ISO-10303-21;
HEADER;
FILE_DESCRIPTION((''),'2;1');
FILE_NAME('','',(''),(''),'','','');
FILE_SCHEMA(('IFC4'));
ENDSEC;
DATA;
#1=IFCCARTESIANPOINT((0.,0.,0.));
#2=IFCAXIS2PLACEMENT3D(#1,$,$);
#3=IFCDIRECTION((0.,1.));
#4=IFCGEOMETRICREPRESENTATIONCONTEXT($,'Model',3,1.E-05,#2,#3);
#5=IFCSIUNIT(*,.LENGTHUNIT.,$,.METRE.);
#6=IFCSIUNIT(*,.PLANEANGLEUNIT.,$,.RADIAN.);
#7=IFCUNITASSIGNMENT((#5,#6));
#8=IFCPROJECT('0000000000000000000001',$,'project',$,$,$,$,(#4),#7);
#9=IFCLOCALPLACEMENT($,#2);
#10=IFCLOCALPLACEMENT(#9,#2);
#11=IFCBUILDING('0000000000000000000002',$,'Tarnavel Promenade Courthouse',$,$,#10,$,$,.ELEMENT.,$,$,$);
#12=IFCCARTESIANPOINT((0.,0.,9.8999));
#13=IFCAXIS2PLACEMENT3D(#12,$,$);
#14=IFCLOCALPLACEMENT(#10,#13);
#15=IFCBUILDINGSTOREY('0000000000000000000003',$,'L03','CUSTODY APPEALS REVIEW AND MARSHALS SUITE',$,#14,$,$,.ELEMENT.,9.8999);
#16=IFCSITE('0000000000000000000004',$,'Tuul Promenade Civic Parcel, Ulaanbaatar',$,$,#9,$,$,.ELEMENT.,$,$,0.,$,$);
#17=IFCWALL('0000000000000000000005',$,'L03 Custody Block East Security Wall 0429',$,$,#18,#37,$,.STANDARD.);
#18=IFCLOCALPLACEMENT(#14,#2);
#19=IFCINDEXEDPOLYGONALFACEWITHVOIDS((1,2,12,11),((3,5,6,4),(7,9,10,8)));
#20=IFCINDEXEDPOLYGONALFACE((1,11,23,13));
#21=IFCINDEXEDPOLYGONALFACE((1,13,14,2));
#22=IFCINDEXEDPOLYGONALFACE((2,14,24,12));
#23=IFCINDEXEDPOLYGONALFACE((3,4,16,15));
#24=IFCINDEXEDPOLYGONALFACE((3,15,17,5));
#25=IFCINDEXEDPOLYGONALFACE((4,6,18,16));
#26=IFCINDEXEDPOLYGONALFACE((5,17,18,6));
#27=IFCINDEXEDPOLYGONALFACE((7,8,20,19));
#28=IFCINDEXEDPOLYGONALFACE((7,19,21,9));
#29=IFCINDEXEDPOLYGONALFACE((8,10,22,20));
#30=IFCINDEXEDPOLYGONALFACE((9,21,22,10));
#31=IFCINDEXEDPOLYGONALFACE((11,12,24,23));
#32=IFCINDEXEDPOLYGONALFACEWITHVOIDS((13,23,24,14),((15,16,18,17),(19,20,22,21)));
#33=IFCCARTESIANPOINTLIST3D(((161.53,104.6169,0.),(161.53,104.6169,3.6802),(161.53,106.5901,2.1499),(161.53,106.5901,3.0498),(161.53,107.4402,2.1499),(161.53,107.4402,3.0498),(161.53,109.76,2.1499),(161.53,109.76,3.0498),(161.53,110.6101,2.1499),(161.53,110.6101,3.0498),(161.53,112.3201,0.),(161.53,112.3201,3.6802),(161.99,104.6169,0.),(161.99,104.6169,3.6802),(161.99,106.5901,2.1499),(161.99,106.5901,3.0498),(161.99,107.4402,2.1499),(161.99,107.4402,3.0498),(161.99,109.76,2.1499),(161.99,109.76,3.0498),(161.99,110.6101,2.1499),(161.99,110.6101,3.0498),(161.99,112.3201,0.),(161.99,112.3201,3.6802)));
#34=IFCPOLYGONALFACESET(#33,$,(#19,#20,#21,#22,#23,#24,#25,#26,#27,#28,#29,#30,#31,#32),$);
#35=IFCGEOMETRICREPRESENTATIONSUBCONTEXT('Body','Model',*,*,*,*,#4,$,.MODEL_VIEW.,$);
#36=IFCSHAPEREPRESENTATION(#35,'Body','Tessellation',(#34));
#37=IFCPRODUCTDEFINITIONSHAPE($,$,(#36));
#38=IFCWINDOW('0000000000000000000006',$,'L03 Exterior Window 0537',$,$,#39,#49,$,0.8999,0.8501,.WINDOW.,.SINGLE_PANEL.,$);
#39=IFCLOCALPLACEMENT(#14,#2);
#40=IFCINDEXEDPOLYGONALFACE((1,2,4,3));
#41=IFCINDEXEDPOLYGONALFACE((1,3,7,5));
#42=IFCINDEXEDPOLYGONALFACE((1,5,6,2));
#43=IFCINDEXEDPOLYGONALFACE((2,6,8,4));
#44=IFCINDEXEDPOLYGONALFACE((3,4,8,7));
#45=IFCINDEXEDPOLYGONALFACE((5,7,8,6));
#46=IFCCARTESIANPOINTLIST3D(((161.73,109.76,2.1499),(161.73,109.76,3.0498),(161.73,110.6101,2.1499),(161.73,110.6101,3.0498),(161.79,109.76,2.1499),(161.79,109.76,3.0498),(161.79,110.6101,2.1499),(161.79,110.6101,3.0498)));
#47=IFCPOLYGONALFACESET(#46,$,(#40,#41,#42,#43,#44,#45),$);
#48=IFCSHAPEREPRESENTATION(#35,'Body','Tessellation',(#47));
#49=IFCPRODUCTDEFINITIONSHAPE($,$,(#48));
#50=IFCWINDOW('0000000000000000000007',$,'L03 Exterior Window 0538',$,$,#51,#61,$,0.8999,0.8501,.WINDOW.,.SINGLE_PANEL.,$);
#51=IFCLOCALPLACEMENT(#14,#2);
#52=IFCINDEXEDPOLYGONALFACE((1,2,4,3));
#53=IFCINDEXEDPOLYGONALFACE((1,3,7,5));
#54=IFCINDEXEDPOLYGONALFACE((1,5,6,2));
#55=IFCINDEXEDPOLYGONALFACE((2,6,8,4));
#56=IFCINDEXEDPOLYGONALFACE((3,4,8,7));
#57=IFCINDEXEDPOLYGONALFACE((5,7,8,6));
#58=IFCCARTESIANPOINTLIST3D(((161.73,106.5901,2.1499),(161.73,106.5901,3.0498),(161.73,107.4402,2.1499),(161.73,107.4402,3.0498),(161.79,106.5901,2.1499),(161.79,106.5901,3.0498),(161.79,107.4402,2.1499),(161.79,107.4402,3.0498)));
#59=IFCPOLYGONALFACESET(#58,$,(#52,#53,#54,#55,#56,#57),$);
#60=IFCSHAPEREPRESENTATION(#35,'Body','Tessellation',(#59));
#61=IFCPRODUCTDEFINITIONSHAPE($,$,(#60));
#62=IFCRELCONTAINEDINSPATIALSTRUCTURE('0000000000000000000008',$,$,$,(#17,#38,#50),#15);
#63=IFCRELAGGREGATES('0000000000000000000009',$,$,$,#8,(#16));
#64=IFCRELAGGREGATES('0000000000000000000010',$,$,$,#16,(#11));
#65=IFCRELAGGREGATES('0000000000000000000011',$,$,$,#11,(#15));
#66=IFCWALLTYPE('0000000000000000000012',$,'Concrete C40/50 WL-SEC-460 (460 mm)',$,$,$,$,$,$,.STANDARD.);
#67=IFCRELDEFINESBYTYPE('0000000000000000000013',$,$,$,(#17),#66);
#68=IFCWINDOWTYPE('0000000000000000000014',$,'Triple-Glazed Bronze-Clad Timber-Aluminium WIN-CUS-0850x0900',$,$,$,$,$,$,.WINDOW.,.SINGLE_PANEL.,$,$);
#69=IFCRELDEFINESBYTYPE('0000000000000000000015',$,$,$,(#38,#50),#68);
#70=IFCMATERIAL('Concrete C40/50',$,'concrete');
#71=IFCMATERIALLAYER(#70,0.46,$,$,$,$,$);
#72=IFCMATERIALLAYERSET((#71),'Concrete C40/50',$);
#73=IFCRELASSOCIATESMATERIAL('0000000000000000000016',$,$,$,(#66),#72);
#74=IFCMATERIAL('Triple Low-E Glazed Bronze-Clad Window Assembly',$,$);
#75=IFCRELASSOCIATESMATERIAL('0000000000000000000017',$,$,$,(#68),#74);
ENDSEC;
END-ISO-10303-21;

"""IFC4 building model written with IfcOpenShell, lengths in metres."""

from ifc_helpers import new_model, si_unit, direction, frame, frame_2d, origin, place, context, subcontext, project, spatial, rectangle, extrude, material, layer, layer_set, type_object, element, fill, save


model = new_model("IFC4")

# Units and contexts
model_context = context("Model", 3, precision=1e-05, world=origin(), true_north=direction((0.0, 1.0)))
body_context = subcontext(model_context, "Body", "Model", "MODEL_VIEW")
ifc_project = project(units=[si_unit("LENGTHUNIT", "METRE"), si_unit("PLANEANGLEUNIT", "RADIAN")], contexts=[model_context])

# Site, building, storey
site_placement = place(None, origin())
site = spatial("IfcSite", under=ifc_project, at=site_placement, Name="Tuul Promenade Civic Parcel, Ulaanbaatar", CompositionType="ELEMENT", RefElevation=0.0)
building_placement = place(site_placement, origin())
building = spatial("IfcBuilding", under=site, at=building_placement, Name="Tarnavel Promenade Courthouse", CompositionType="ELEMENT")
storey_placement = place(building_placement, frame((0.0, 0.0, 9.8999)))
storey = spatial("IfcBuildingStorey", under=building, at=storey_placement, Name="L03", Description="CUSTODY APPEALS REVIEW AND MARSHALS SUITE", CompositionType="ELEMENT", Elevation=9.8999)

# Shared definitions
ifc_material_1 = material(Name="Concrete C40/50", Category="concrete")

# Wall, openings, windows
ifc_layer = layer(ifc_material_1, 0.46)
ifc_layer_set = layer_set([ifc_layer], Name="Concrete C40/50")
wall_type = type_object("IfcWallType", Name="Concrete C40/50 WL-SEC-460 (460 mm)", PredefinedType="STANDARD", material=ifc_layer_set)
ifc_material_2 = material(Name="Triple Low-E Glazed Bronze-Clad Window Assembly")
window_type = type_object("IfcWindowType", Name="Triple-Glazed Bronze-Clad Timber-Aluminium WIN-CUS-0850x0900", PartitioningType="SINGLE_PANEL", PredefinedType="WINDOW", material=ifc_material_2)
wall_1_placement = place(storey_placement, frame((161.76, 112.3201, 0.0), z_axis=(0.0, 0.0, 1.0), x_axis=(0.0, -1.0, 0.0)))
wall_1 = element("IfcWall", 1, at=wall_1_placement, inside=storey, type_object=wall_type, Name="L03 Custody Block East Security Wall 0429", PredefinedType="STANDARD", context=body_context, shape_type="SweptSolid", body=[
    extrude(rectangle(XDim=7.7031, YDim=0.46, at=frame_2d((3.8516, 0.0))), origin(), (0.0, 0.0, 1.0), 3.6802),
])
opening_1_placement = place(wall_1_placement, frame((1.71, 0.0, 2.1499)))
opening_1 = element("IfcOpeningElement", 2, at=opening_1_placement, cuts=wall_1, PredefinedType="OPENING", context=body_context, shape_type="SweptSolid", body=[
    extrude(rectangle(XDim=0.8501, YDim=0.8999, at=frame_2d((0.425, 0.45))), frame((0.0, 0.24, 0.0), z_axis=(0.0, -1.0, 0.0), x_axis=(1.0, 0.0, 0.0)), (0.0, 0.0, 1.0), 0.48),
])
opening_2_placement = place(wall_1_placement, frame((4.8799, 0.0, 2.1499)))
opening_2 = element("IfcOpeningElement", 3, at=opening_2_placement, cuts=wall_1, PredefinedType="OPENING", context=body_context, shape_type="SweptSolid", body=[
    extrude(rectangle(XDim=0.8501, YDim=0.8999, at=frame_2d((0.425, 0.45))), frame((0.0, 0.24, 0.0), z_axis=(0.0, -1.0, 0.0), x_axis=(1.0, 0.0, 0.0)), (0.0, 0.0, 1.0), 0.48),
])
window_1_placement = place(opening_1_placement, origin())
window_1 = element("IfcWindow", 4, at=window_1_placement, inside=storey, type_object=window_type, Name="L03 Exterior Window 0537", OverallHeight=0.8999, OverallWidth=0.8501, PartitioningType="SINGLE_PANEL", PredefinedType="WINDOW", context=body_context, shape_type="SweptSolid", body=[
    extrude(rectangle(XDim=0.8501, YDim=0.8999, at=frame_2d((0.425, 0.45))), frame((0.0, 0.03, 0.0), z_axis=(0.0, -1.0, 0.0), x_axis=(1.0, 0.0, 0.0)), (0.0, 0.0, 1.0), 0.0601),
])
fill(opening_1, window_1)
window_2_placement = place(opening_2_placement, origin())
window_2 = element("IfcWindow", 5, at=window_2_placement, inside=storey, type_object=window_type, Name="L03 Exterior Window 0538", OverallHeight=0.8999, OverallWidth=0.8501, PartitioningType="SINGLE_PANEL", PredefinedType="WINDOW", context=body_context, shape_type="SweptSolid", body=[
    extrude(rectangle(XDim=0.8501, YDim=0.8999, at=frame_2d((0.425, 0.45))), frame((0.0, 0.03, 0.0), z_axis=(0.0, -1.0, 0.0), x_axis=(1.0, 0.0, 0.0)), (0.0, 0.0, 1.0), 0.0601),
])
fill(opening_2, window_2)

save(model, "model.ifc")
